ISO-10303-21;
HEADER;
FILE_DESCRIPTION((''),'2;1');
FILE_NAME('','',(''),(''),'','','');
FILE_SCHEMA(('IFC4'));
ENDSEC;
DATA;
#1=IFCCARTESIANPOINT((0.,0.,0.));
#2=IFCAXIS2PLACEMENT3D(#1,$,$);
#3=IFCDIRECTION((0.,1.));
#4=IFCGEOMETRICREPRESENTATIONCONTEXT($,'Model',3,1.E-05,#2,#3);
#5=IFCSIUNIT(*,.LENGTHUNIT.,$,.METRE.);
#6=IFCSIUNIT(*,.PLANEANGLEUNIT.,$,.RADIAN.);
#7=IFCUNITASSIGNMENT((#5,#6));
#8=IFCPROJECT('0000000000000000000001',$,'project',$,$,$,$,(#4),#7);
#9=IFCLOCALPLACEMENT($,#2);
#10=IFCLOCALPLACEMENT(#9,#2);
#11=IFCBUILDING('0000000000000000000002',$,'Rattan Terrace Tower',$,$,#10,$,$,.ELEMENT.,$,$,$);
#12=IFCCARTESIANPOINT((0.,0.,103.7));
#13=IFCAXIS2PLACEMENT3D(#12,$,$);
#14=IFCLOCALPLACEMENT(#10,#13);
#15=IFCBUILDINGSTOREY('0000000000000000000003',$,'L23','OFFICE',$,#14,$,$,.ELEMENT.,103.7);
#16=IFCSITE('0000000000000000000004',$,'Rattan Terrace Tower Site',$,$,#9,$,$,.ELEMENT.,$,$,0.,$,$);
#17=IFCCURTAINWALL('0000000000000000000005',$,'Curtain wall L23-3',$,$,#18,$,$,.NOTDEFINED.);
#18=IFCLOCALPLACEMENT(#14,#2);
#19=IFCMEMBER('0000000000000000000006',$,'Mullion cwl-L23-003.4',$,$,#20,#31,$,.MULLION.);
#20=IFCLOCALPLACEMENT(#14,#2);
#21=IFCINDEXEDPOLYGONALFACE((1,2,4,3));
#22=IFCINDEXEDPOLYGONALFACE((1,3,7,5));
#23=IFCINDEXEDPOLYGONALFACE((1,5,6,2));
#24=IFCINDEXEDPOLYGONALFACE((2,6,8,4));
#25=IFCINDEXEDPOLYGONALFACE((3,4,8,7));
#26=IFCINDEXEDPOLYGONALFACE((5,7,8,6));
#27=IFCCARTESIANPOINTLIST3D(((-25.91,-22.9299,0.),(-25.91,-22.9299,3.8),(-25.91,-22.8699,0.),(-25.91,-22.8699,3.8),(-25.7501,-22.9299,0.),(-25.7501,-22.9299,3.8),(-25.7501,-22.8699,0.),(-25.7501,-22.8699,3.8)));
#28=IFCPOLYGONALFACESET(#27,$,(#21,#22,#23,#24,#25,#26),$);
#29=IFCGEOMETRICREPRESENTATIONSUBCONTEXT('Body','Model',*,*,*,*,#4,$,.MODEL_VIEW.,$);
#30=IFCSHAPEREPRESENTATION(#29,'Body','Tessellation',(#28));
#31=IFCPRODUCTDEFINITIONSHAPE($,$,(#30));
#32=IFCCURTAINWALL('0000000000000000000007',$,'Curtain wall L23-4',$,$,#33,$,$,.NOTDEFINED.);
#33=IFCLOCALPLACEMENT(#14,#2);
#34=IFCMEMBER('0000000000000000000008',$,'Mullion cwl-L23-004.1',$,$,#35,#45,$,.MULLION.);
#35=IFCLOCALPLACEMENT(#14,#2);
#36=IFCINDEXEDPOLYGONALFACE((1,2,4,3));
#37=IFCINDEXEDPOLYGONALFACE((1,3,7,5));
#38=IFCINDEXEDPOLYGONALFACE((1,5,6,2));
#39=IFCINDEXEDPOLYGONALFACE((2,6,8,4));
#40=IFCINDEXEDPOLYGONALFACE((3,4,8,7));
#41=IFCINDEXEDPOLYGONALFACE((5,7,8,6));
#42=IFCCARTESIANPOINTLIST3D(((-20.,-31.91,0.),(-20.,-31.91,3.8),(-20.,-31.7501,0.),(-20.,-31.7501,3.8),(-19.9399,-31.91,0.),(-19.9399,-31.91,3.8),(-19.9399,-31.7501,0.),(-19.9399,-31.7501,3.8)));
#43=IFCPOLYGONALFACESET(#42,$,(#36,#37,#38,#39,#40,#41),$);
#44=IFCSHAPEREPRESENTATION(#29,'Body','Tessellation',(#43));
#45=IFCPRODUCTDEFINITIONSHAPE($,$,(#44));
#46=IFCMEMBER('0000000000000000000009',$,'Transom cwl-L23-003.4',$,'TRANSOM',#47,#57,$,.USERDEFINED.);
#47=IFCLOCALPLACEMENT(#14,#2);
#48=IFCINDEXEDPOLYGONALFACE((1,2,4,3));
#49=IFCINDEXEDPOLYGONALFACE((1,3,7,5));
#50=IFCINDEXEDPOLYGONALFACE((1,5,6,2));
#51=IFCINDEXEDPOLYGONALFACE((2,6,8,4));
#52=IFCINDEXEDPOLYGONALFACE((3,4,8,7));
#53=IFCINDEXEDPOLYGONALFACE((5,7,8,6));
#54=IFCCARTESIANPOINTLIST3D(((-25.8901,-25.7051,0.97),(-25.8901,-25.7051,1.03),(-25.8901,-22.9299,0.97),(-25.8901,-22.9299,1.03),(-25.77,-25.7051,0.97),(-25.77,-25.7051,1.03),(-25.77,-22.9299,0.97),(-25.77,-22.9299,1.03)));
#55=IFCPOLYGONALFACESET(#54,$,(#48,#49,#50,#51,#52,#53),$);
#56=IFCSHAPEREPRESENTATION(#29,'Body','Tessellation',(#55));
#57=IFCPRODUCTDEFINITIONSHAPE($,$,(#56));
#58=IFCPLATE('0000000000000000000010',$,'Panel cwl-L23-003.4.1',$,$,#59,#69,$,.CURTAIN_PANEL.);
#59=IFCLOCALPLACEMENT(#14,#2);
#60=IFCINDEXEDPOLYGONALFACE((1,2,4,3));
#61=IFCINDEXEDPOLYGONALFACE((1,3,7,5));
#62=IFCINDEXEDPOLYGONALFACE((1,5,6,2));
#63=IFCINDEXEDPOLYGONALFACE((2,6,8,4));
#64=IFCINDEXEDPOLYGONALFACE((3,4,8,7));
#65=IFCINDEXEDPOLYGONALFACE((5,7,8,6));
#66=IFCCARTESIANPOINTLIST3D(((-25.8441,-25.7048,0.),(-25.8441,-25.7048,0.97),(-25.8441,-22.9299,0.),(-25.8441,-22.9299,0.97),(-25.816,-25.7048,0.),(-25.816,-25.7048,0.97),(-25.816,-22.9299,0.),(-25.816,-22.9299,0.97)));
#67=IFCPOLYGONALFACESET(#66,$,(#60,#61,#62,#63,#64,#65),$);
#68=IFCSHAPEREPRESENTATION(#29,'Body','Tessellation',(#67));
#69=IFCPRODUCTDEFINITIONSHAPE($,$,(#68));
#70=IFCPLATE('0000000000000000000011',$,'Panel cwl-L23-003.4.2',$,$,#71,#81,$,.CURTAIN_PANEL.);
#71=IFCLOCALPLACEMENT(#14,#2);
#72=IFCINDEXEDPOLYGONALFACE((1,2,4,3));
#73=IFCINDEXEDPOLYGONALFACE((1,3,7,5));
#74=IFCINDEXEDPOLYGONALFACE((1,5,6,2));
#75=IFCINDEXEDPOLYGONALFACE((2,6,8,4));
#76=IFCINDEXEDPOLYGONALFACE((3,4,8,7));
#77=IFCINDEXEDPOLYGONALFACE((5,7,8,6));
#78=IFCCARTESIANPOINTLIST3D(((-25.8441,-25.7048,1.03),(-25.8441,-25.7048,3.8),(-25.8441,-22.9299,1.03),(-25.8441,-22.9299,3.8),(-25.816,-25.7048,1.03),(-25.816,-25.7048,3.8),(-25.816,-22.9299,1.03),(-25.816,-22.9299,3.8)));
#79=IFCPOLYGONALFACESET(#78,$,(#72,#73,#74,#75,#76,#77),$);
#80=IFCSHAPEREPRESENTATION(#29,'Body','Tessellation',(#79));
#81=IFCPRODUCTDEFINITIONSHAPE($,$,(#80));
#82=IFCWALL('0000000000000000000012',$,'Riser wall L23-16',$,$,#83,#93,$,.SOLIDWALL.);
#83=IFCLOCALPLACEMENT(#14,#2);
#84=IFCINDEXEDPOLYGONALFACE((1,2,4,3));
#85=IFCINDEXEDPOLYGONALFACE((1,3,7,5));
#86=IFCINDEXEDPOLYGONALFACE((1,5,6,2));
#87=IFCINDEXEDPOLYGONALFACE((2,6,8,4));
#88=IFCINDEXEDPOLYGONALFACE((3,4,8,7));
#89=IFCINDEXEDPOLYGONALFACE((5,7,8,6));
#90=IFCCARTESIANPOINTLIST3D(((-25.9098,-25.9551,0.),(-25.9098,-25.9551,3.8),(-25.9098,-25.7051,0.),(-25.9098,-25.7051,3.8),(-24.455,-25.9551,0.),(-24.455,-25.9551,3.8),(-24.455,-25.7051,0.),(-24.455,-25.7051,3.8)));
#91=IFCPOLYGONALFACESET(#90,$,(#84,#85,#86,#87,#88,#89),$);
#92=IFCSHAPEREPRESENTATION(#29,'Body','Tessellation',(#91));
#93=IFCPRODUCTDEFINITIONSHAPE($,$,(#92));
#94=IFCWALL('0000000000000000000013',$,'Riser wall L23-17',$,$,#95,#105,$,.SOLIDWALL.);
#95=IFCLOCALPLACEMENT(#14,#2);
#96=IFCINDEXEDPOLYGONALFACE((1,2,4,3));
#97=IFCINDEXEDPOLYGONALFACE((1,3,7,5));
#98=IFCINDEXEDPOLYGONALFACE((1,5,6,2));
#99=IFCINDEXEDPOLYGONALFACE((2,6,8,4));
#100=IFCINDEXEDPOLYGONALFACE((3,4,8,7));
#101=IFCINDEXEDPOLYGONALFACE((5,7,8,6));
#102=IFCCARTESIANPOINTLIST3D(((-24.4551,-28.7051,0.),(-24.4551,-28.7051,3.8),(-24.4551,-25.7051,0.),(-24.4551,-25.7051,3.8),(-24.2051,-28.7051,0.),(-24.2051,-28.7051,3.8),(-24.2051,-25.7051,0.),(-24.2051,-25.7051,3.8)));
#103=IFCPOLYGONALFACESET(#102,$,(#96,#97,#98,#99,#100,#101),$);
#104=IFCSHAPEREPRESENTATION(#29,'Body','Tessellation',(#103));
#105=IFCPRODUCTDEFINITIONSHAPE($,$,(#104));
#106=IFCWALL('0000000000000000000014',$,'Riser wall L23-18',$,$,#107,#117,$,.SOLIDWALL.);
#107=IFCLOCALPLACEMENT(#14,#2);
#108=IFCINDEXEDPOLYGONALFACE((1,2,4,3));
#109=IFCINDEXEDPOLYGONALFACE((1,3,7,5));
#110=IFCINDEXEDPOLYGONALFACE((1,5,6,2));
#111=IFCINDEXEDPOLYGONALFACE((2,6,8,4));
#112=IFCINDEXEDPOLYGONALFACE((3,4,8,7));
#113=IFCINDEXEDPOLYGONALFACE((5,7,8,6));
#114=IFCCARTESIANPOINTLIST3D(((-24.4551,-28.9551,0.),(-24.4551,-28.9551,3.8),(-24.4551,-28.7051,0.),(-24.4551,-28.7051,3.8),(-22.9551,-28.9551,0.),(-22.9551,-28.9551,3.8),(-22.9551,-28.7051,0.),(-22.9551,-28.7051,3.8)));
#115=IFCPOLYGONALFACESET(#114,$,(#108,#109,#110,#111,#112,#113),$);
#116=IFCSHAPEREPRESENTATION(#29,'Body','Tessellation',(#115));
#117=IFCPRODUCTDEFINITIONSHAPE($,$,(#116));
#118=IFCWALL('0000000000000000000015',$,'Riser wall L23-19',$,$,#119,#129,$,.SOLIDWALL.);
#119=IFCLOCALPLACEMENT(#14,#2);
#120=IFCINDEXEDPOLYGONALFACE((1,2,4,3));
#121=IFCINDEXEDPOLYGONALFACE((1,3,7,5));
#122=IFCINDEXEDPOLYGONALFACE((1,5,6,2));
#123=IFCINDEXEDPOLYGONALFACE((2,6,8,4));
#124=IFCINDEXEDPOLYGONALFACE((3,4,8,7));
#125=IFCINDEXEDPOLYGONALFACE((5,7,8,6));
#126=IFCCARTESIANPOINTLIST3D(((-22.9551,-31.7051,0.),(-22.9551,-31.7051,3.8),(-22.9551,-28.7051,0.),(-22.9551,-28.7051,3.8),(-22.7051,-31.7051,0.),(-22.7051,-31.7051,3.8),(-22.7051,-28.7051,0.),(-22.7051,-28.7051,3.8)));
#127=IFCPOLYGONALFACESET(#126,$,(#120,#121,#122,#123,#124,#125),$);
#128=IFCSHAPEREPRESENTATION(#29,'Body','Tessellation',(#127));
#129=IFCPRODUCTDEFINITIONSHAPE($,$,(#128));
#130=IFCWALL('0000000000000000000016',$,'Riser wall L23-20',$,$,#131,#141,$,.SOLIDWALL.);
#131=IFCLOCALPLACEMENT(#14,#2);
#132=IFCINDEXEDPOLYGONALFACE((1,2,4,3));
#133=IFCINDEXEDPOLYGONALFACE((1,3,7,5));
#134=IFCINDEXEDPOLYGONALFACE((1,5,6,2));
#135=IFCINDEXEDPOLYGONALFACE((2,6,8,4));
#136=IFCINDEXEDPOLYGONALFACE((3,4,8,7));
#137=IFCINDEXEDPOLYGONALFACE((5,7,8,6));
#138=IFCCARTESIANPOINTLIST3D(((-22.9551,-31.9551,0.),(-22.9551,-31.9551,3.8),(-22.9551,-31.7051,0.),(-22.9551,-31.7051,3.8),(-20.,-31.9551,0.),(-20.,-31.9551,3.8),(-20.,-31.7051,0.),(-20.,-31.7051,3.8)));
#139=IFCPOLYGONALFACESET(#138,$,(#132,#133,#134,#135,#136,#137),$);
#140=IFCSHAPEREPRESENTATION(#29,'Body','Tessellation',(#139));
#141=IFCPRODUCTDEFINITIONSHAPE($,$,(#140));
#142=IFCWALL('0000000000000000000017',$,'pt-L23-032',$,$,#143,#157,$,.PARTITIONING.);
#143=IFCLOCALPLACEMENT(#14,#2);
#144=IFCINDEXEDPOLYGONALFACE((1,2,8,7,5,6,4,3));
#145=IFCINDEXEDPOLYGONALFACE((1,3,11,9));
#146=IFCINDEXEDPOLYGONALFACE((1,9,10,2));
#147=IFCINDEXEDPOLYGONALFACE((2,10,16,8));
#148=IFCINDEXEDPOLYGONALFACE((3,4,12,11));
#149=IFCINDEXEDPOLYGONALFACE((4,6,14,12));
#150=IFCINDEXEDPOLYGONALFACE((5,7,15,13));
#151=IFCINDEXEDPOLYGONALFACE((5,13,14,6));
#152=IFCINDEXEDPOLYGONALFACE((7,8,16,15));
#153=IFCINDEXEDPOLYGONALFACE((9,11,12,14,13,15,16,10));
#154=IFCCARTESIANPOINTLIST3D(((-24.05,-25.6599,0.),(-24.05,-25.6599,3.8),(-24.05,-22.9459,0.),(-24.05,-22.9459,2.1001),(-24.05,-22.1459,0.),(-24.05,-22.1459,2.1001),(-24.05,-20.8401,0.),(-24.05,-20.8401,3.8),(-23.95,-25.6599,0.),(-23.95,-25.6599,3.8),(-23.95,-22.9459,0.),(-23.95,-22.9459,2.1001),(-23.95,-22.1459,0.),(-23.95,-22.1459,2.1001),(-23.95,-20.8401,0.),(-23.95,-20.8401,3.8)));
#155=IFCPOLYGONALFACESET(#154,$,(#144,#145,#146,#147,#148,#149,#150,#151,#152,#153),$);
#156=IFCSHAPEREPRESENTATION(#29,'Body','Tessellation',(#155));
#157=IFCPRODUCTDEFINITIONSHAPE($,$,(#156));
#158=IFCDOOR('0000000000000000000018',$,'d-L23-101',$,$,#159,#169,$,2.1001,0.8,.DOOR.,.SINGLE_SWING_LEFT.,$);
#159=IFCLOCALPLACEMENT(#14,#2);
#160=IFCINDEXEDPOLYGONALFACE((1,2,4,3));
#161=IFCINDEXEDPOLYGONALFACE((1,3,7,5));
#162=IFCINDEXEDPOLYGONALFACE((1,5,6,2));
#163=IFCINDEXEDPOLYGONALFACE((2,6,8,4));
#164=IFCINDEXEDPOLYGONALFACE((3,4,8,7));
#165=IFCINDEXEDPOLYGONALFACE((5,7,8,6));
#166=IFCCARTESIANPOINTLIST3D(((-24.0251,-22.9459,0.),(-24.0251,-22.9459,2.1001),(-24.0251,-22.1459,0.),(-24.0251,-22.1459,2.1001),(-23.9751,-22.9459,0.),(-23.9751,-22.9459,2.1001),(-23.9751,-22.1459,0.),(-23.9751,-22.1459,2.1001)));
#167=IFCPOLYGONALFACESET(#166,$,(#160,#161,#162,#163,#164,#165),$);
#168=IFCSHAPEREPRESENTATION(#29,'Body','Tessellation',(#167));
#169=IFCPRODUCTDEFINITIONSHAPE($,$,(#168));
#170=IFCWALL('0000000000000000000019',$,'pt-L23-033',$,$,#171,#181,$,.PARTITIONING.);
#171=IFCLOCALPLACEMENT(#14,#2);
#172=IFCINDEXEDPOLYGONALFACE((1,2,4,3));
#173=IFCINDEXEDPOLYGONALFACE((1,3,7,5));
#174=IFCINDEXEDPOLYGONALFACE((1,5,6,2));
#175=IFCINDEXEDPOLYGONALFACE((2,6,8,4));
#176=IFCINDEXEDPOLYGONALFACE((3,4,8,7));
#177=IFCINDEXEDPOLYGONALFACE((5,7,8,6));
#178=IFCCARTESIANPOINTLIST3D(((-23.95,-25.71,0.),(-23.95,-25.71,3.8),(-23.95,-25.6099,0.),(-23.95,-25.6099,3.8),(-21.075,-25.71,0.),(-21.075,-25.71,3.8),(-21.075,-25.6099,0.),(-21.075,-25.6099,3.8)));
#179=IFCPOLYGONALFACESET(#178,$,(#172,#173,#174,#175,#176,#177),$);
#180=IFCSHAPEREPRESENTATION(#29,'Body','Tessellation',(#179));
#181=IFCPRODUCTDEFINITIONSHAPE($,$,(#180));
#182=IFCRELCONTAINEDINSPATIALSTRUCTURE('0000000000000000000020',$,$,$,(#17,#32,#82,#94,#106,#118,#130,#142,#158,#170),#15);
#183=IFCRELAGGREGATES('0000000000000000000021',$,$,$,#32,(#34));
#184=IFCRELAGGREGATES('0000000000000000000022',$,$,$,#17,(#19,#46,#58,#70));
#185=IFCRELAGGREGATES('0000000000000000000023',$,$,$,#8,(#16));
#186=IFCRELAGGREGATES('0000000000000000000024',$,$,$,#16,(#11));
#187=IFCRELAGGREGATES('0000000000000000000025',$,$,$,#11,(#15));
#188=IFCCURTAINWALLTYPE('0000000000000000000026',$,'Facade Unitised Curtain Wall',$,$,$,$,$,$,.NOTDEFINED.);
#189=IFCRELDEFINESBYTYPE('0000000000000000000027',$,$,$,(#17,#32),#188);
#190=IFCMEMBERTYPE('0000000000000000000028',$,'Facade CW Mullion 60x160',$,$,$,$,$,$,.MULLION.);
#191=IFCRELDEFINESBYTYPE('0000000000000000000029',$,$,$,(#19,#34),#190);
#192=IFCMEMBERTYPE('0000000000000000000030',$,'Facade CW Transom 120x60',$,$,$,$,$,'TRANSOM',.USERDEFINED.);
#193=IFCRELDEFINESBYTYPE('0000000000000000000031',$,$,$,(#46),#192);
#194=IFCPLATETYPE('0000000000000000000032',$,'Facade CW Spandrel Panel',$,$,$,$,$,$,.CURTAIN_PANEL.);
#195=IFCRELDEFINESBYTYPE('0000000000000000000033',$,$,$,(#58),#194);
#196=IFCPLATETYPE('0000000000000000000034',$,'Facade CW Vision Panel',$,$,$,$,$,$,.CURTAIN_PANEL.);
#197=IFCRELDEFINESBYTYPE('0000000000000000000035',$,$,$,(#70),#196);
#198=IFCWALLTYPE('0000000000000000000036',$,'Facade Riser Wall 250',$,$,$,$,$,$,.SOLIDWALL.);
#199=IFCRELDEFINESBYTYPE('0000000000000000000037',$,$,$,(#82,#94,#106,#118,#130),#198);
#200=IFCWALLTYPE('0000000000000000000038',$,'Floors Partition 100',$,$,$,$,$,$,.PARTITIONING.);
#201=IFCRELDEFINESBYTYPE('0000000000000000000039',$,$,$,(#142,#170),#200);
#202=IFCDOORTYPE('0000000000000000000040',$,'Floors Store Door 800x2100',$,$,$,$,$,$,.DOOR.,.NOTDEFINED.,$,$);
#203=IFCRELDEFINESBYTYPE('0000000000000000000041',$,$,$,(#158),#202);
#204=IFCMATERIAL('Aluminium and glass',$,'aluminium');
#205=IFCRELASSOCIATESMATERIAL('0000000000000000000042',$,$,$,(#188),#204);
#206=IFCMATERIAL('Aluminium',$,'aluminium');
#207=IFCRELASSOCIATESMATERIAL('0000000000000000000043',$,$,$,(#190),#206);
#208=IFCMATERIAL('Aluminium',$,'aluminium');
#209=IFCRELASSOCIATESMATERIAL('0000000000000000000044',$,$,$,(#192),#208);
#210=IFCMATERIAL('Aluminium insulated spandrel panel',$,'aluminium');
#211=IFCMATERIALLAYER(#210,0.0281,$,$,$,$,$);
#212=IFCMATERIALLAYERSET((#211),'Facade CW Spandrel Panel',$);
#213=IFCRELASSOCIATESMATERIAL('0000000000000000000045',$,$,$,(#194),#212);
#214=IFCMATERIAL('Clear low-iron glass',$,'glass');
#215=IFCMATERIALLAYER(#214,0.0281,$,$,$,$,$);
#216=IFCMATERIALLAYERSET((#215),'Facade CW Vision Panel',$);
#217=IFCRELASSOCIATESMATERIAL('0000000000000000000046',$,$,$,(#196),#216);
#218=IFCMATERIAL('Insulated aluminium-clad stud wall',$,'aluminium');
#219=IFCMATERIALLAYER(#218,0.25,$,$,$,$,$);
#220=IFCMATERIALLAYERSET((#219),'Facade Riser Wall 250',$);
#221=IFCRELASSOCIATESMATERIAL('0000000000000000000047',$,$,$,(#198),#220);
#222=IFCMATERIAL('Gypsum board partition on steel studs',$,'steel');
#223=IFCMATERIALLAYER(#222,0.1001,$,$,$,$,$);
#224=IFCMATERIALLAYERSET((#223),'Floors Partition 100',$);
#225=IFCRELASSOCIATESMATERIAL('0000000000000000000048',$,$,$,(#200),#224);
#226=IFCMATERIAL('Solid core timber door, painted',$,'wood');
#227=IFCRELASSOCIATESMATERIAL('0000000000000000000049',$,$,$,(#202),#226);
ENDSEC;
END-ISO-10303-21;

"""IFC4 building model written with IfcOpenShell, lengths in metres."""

from ifc_helpers import new_model, si_unit, direction, frame, frame_2d, origin, origin_2d, place, context, subcontext, project, spatial, rectangle, extrude, material, layer, layer_set, material_profile, profile_set, type_object, element, fill, aggregate, save


model = new_model("IFC4")

# Units and contexts
model_context = context("Model", 3, precision=1e-05, world=origin(), true_north=direction((0.0, 1.0)))
body_context = subcontext(model_context, "Body", "Model", "MODEL_VIEW")
ifc_project = project(units=[si_unit("LENGTHUNIT", "METRE"), si_unit("PLANEANGLEUNIT", "RADIAN")], contexts=[model_context])

# Site, building, storey
site_placement = place(None, origin())
site = spatial("IfcSite", under=ifc_project, at=site_placement, Name="Rattan Terrace Tower Site", CompositionType="ELEMENT", RefElevation=0.0)
building_placement = place(site_placement, origin())
building = spatial("IfcBuilding", under=site, at=building_placement, Name="Rattan Terrace Tower", CompositionType="ELEMENT")
storey_placement = place(building_placement, frame((0.0, 0.0, 103.7)))
storey = spatial("IfcBuildingStorey", under=building, at=storey_placement, Name="L23", Description="OFFICE", CompositionType="ELEMENT", Elevation=103.7)

# Curtain walls, members
ifc_material_1 = material(Name="Aluminium and glass", Category="aluminium")
curtain_wall_type = type_object("IfcCurtainWallType", Name="Facade Unitised Curtain Wall", PredefinedType="NOTDEFINED", material=ifc_material_1)
curtain_wall_1_placement = place(storey_placement, origin())
curtain_wall_1 = element("IfcCurtainWall", 1, at=curtain_wall_1_placement, inside=storey, type_object=curtain_wall_type, Name="Curtain wall L23-3", PredefinedType="NOTDEFINED")
ifc_material_2 = material(Name="Aluminium", Category="aluminium")
ifc_material_profile_1 = material_profile(ifc_material_2, rectangle(XDim=0.0601, YDim=0.1599, at=origin_2d()), Name="Aluminium 60x160")
ifc_profile_set_1 = profile_set([ifc_material_profile_1], Name="Aluminium")
member_type_1 = type_object("IfcMemberType", Name="Facade CW Mullion 60x160", PredefinedType="MULLION", material=ifc_profile_set_1)
member_1_placement = place(storey_placement, frame((-25.8301, -22.8999, 0.0), z_axis=(0.0, 0.0, 1.0), x_axis=(0.0, -1.0, 0.0)))
member_1 = element("IfcMember", 2, at=member_1_placement, type_object=member_type_1, Name="Mullion cwl-L23-003.4", PredefinedType="MULLION", context=body_context, shape_type="SweptSolid", body=[
    extrude(rectangle(XDim=0.0601, YDim=0.1599, at=origin_2d()), origin(), (0.0, 0.0, 1.0), 3.8),
])
curtain_wall_2_placement = place(storey_placement, origin())
curtain_wall_2 = element("IfcCurtainWall", 3, at=curtain_wall_2_placement, inside=storey, type_object=curtain_wall_type, Name="Curtain wall L23-4", PredefinedType="NOTDEFINED")
member_2_placement = place(storey_placement, frame((-19.97, -31.8301, 0.0), z_axis=(0.0, 0.0, 1.0), x_axis=(1.0, 0.0, 0.0)))
member_2 = element("IfcMember", 4, at=member_2_placement, type_object=member_type_1, Name="Mullion cwl-L23-004.1", PredefinedType="MULLION", context=body_context, shape_type="SweptSolid", body=[
    extrude(rectangle(XDim=0.0601, YDim=0.1599, at=origin_2d()), origin(), (0.0, 0.0, 1.0), 3.8),
])
aggregate(curtain_wall_2, [member_2])

# Member
ifc_material_3 = material(Name="Aluminium", Category="aluminium")
ifc_material_profile_2 = material_profile(ifc_material_3, rectangle(XDim=0.1201, YDim=0.0601, at=origin_2d()), Name="Aluminium 120x60")
ifc_profile_set_2 = profile_set([ifc_material_profile_2], Name="Aluminium")
member_type_2 = type_object("IfcMemberType", Name="Facade CW Transom 120x60", ElementType="TRANSOM", PredefinedType="USERDEFINED", material=ifc_profile_set_2)
member_3_placement = place(storey_placement, frame((-25.8301, -22.9299, 1.0), z_axis=(0.0, -1.0, 0.0), x_axis=(1.0, 0.0, 0.0)))
member_3 = element("IfcMember", 5, at=member_3_placement, type_object=member_type_2, Name="Transom cwl-L23-003.4", ObjectType="TRANSOM", PredefinedType="USERDEFINED", context=body_context, shape_type="SweptSolid", body=[
    extrude(rectangle(XDim=0.1201, YDim=0.0601, at=origin_2d()), origin(), (0.0, 0.0, 1.0), 2.7751),
])

# Plates
ifc_material_4 = material(Name="Aluminium insulated spandrel panel", Category="aluminium")
ifc_layer_1 = layer(ifc_material_4, 0.0281)
ifc_layer_set_1 = layer_set([ifc_layer_1], Name="Facade CW Spandrel Panel")
plate_type_1 = type_object("IfcPlateType", Name="Facade CW Spandrel Panel", PredefinedType="CURTAIN_PANEL", material=ifc_layer_set_1)
plate_1_placement = place(storey_placement, frame((-25.8301, -24.3174, 0.0), z_axis=(0.0, 0.0, 1.0), x_axis=(0.0, -1.0, 0.0)))
plate_1 = element("IfcPlate", 6, at=plate_1_placement, type_object=plate_type_1, Name="Panel cwl-L23-003.4.1", PredefinedType="CURTAIN_PANEL", context=body_context, shape_type="SweptSolid", body=[
    extrude(rectangle(XDim=2.7749, YDim=0.0281, at=origin_2d()), origin(), (0.0, 0.0, 1.0), 0.97),
])
ifc_material_5 = material(Name="Clear low-iron glass", Category="glass")
ifc_layer_2 = layer(ifc_material_5, 0.0281)
ifc_layer_set_2 = layer_set([ifc_layer_2], Name="Facade CW Vision Panel")
plate_type_2 = type_object("IfcPlateType", Name="Facade CW Vision Panel", PredefinedType="CURTAIN_PANEL", material=ifc_layer_set_2)
plate_2_placement = place(storey_placement, frame((-25.8301, -24.3174, 1.03), z_axis=(0.0, 0.0, 1.0), x_axis=(0.0, -1.0, 0.0)))
plate_2 = element("IfcPlate", 7, at=plate_2_placement, type_object=plate_type_2, Name="Panel cwl-L23-003.4.2", PredefinedType="CURTAIN_PANEL", context=body_context, shape_type="SweptSolid", body=[
    extrude(rectangle(XDim=2.7749, YDim=0.0281, at=origin_2d()), origin(), (0.0, 0.0, 1.0), 2.77),
])
aggregate(curtain_wall_1, [member_1, member_3, plate_1, plate_2])

# Walls
ifc_material_6 = material(Name="Insulated aluminium-clad stud wall", Category="aluminium")
ifc_layer_3 = layer(ifc_material_6, 0.25)
ifc_layer_set_3 = layer_set([ifc_layer_3], Name="Facade Riser Wall 250")
wall_type_1 = type_object("IfcWallType", Name="Facade Riser Wall 250", PredefinedType="SOLIDWALL", material=ifc_layer_set_3)
wall_1_placement = place(storey_placement, frame((-25.9099, -25.8301, 0.0), z_axis=(0.0, 0.0, 1.0), x_axis=(1.0, 0.0, 0.0)))
element("IfcWall", 8, at=wall_1_placement, inside=storey, type_object=wall_type_1, Name="Riser wall L23-16", PredefinedType="SOLIDWALL", context=body_context, shape_type="SweptSolid", body=[
    extrude(rectangle(XDim=1.4548, YDim=0.25, at=frame_2d((0.7275, 0.0))), origin(), (0.0, 0.0, 1.0), 3.8),
])
wall_2_placement = place(storey_placement, frame((-24.3301, -25.7051, 0.0), z_axis=(0.0, 0.0, 1.0), x_axis=(0.0, -1.0, 0.0)))
element("IfcWall", 9, at=wall_2_placement, inside=storey, type_object=wall_type_1, Name="Riser wall L23-17", PredefinedType="SOLIDWALL", context=body_context, shape_type="SweptSolid", body=[
    extrude(rectangle(XDim=3.0, YDim=0.25, at=frame_2d((1.5, 0.0))), origin(), (0.0, 0.0, 1.0), 3.8),
])
wall_3_placement = place(storey_placement, frame((-24.4551, -28.8301, 0.0), z_axis=(0.0, 0.0, 1.0), x_axis=(1.0, 0.0, 0.0)))
element("IfcWall", 10, at=wall_3_placement, inside=storey, type_object=wall_type_1, Name="Riser wall L23-18", PredefinedType="SOLIDWALL", context=body_context, shape_type="SweptSolid", body=[
    extrude(rectangle(XDim=1.5, YDim=0.25, at=frame_2d((0.75, 0.0))), origin(), (0.0, 0.0, 1.0), 3.8),
])
wall_4_placement = place(storey_placement, frame((-22.8301, -28.7051, 0.0), z_axis=(0.0, 0.0, 1.0), x_axis=(0.0, -1.0, 0.0)))
element("IfcWall", 11, at=wall_4_placement, inside=storey, type_object=wall_type_1, Name="Riser wall L23-19", PredefinedType="SOLIDWALL", context=body_context, shape_type="SweptSolid", body=[
    extrude(rectangle(XDim=3.0, YDim=0.25, at=frame_2d((1.5, 0.0))), origin(), (0.0, 0.0, 1.0), 3.8),
])
wall_5_placement = place(storey_placement, frame((-22.9551, -31.8301, 0.0), z_axis=(0.0, 0.0, 1.0), x_axis=(1.0, 0.0, 0.0)))
element("IfcWall", 12, at=wall_5_placement, inside=storey, type_object=wall_type_1, Name="Riser wall L23-20", PredefinedType="SOLIDWALL", context=body_context, shape_type="SweptSolid", body=[
    extrude(rectangle(XDim=2.9551, YDim=0.25, at=frame_2d((1.4775, 0.0))), origin(), (0.0, 0.0, 1.0), 3.8),
])

# Wall, opening, door
ifc_material_7 = material(Name="Gypsum board partition on steel studs", Category="steel")
ifc_layer_4 = layer(ifc_material_7, 0.1001)
ifc_layer_set_4 = layer_set([ifc_layer_4], Name="Floors Partition 100")
wall_type_2 = type_object("IfcWallType", Name="Floors Partition 100", PredefinedType="PARTITIONING", material=ifc_layer_set_4)
wall_6_placement = place(storey_placement, frame((-24.0, -20.8401, 0.0), z_axis=(0.0, 0.0, 1.0), x_axis=(0.0, -1.0, 0.0)))
wall_6 = element("IfcWall", 13, at=wall_6_placement, inside=storey, type_object=wall_type_2, Name="pt-L23-032", PredefinedType="PARTITIONING", context=body_context, shape_type="SweptSolid", body=[
    extrude(rectangle(XDim=4.8198, YDim=0.1001, at=frame_2d((2.4099, 0.0))), origin(), (0.0, 0.0, 1.0), 3.8),
])
opening_1_placement = place(wall_6_placement, frame((1.3059, 0.0, 0.0)))
opening_1 = element("IfcOpeningElement", 14, at=opening_1_placement, cuts=wall_6, PredefinedType="OPENING", context=body_context, shape_type="SweptSolid", body=[
    extrude(rectangle(XDim=0.8, YDim=2.1001, at=frame_2d((0.3999, 1.05))), frame((0.0, 0.0605, 0.0), z_axis=(0.0, -1.0, 0.0), x_axis=(1.0, 0.0, 0.0)), (0.0, 0.0, 1.0), 0.1211),
])
ifc_material_8 = material(Name="Solid core timber door, painted", Category="wood")
door_type_1 = type_object("IfcDoorType", Name="Floors Store Door 800x2100", OperationType="NOTDEFINED", PredefinedType="DOOR", material=ifc_material_8)
door_1_placement = place(opening_1_placement, origin())
door_1 = element("IfcDoor", 15, at=door_1_placement, inside=storey, type_object=door_type_1, Name="d-L23-101", OperationType="SINGLE_SWING_LEFT", OverallHeight=2.1001, OverallWidth=0.8, PredefinedType="DOOR", context=body_context, shape_type="SweptSolid", body=[
    extrude(rectangle(XDim=0.8, YDim=2.1001, at=frame_2d((0.3999, 1.05))), frame((0.0, 0.0249, 0.0), z_axis=(0.0, -1.0, 0.0), x_axis=(1.0, 0.0, 0.0)), (0.0, 0.0, 1.0), 0.05),
])
fill(opening_1, door_1)

# Wall
for number, where, z_axis, x_axis, name in (
    (16, (-23.95, -25.6599, 0.0), (0.0, 0.0, 1.0), (1.0, 0.0, 0.0), "pt-L23-033"),
):
    element("IfcWall", number, at=place(storey_placement, frame(where, z_axis=z_axis, x_axis=x_axis)), inside=storey, type_object=wall_type_2, Name=name, PredefinedType="PARTITIONING", context=body_context, shape_type="SweptSolid", body=[
        extrude(rectangle(XDim=2.875, YDim=0.1001, at=frame_2d((1.4375, 0.0))), origin(), (0.0, 0.0, 1.0), 3.8),
    ])

save(model, "model.ifc")
